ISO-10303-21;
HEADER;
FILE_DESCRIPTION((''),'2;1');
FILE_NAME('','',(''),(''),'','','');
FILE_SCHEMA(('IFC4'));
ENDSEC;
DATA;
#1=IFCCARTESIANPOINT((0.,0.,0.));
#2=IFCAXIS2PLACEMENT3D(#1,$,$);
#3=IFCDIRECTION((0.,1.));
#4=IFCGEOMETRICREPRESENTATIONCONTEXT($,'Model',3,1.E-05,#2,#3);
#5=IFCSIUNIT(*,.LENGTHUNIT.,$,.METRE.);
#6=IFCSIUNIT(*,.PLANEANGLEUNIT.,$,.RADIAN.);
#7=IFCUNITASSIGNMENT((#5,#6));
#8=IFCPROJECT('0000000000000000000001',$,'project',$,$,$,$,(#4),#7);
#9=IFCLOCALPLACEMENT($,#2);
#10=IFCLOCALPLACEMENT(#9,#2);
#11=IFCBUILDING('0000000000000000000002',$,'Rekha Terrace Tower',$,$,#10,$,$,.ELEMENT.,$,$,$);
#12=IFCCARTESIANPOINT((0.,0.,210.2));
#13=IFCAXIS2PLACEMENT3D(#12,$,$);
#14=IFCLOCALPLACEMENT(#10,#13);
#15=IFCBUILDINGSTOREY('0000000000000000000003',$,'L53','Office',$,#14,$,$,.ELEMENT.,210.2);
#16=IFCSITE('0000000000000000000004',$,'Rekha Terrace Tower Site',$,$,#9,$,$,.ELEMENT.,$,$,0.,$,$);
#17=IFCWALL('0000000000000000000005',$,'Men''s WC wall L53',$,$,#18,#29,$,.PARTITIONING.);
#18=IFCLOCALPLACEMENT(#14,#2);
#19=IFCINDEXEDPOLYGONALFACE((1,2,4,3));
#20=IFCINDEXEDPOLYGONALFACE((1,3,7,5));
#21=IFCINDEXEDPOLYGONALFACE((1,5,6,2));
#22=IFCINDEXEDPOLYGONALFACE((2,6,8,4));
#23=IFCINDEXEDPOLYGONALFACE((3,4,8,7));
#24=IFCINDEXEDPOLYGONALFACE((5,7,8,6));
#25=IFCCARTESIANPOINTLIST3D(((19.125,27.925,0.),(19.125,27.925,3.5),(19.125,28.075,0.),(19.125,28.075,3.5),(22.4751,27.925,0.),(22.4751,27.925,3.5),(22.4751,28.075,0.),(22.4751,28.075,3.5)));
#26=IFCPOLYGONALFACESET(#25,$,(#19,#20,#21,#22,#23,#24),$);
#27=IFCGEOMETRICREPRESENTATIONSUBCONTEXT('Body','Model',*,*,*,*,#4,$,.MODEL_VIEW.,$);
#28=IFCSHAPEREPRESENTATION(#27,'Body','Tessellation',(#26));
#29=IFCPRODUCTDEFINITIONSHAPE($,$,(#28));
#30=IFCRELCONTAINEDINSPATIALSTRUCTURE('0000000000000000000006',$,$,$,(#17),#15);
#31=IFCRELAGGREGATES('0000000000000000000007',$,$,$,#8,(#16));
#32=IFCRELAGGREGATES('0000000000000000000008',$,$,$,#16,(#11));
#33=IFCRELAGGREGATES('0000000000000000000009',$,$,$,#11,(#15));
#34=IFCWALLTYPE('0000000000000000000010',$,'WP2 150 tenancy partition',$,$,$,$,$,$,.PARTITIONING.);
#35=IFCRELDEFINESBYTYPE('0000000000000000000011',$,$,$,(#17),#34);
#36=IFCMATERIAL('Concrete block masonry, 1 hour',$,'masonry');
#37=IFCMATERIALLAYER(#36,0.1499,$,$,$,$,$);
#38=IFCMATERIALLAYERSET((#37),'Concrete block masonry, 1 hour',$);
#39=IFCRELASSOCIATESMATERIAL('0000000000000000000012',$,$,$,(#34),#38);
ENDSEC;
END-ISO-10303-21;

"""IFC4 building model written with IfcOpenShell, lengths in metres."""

from ifc_helpers import new_model, si_unit, direction, frame, frame_2d, origin, place, context, subcontext, project, spatial, rectangle, extrude, material, layer, layer_set, type_object, element, save


model = new_model("IFC4")

# Units and contexts
model_context = context("Model", 3, precision=1e-05, world=origin(), true_north=direction((0.0, 1.0)))
body_context = subcontext(model_context, "Body", "Model", "MODEL_VIEW")
ifc_project = project(units=[si_unit("LENGTHUNIT", "METRE"), si_unit("PLANEANGLEUNIT", "RADIAN")], contexts=[model_context])

# Site, building, storey
site_placement = place(None, origin())
site = spatial("IfcSite", under=ifc_project, at=site_placement, Name="Rekha Terrace Tower Site", CompositionType="ELEMENT", RefElevation=0.0)
building_placement = place(site_placement, origin())
building = spatial("IfcBuilding", under=site, at=building_placement, Name="Rekha Terrace Tower", CompositionType="ELEMENT")
storey_placement = place(building_placement, frame((0.0, 0.0, 210.2)))
storey = spatial("IfcBuildingStorey", under=building, at=storey_placement, Name="L53", Description="Office", CompositionType="ELEMENT", Elevation=210.2)

# Wall
ifc_material_1 = material(Name="Concrete block masonry, 1 hour", Category="masonry")
ifc_layer_1 = layer(ifc_material_1, 0.1499)
ifc_layer_set_1 = layer_set([ifc_layer_1], Name="Concrete block masonry, 1 hour")
wall_type_1 = type_object("IfcWallType", Name="WP2 150 tenancy partition", PredefinedType="PARTITIONING", material=ifc_layer_set_1)
wall_1_placement = place(storey_placement, frame((19.125, 28.0, 0.0), z_axis=(0.0, 0.0, 1.0), x_axis=(1.0, 0.0, 0.0)))
element("IfcWall", 1, at=wall_1_placement, inside=storey, type_object=wall_type_1, Name="Men's WC wall L53", PredefinedType="PARTITIONING", context=body_context, shape_type="SweptSolid", body=[
    extrude(rectangle(XDim=3.3501, YDim=0.1499, at=frame_2d((1.675, 0.0))), origin(), (0.0, 0.0, 1.0), 3.5),
])

save(model, "model.ifc")
